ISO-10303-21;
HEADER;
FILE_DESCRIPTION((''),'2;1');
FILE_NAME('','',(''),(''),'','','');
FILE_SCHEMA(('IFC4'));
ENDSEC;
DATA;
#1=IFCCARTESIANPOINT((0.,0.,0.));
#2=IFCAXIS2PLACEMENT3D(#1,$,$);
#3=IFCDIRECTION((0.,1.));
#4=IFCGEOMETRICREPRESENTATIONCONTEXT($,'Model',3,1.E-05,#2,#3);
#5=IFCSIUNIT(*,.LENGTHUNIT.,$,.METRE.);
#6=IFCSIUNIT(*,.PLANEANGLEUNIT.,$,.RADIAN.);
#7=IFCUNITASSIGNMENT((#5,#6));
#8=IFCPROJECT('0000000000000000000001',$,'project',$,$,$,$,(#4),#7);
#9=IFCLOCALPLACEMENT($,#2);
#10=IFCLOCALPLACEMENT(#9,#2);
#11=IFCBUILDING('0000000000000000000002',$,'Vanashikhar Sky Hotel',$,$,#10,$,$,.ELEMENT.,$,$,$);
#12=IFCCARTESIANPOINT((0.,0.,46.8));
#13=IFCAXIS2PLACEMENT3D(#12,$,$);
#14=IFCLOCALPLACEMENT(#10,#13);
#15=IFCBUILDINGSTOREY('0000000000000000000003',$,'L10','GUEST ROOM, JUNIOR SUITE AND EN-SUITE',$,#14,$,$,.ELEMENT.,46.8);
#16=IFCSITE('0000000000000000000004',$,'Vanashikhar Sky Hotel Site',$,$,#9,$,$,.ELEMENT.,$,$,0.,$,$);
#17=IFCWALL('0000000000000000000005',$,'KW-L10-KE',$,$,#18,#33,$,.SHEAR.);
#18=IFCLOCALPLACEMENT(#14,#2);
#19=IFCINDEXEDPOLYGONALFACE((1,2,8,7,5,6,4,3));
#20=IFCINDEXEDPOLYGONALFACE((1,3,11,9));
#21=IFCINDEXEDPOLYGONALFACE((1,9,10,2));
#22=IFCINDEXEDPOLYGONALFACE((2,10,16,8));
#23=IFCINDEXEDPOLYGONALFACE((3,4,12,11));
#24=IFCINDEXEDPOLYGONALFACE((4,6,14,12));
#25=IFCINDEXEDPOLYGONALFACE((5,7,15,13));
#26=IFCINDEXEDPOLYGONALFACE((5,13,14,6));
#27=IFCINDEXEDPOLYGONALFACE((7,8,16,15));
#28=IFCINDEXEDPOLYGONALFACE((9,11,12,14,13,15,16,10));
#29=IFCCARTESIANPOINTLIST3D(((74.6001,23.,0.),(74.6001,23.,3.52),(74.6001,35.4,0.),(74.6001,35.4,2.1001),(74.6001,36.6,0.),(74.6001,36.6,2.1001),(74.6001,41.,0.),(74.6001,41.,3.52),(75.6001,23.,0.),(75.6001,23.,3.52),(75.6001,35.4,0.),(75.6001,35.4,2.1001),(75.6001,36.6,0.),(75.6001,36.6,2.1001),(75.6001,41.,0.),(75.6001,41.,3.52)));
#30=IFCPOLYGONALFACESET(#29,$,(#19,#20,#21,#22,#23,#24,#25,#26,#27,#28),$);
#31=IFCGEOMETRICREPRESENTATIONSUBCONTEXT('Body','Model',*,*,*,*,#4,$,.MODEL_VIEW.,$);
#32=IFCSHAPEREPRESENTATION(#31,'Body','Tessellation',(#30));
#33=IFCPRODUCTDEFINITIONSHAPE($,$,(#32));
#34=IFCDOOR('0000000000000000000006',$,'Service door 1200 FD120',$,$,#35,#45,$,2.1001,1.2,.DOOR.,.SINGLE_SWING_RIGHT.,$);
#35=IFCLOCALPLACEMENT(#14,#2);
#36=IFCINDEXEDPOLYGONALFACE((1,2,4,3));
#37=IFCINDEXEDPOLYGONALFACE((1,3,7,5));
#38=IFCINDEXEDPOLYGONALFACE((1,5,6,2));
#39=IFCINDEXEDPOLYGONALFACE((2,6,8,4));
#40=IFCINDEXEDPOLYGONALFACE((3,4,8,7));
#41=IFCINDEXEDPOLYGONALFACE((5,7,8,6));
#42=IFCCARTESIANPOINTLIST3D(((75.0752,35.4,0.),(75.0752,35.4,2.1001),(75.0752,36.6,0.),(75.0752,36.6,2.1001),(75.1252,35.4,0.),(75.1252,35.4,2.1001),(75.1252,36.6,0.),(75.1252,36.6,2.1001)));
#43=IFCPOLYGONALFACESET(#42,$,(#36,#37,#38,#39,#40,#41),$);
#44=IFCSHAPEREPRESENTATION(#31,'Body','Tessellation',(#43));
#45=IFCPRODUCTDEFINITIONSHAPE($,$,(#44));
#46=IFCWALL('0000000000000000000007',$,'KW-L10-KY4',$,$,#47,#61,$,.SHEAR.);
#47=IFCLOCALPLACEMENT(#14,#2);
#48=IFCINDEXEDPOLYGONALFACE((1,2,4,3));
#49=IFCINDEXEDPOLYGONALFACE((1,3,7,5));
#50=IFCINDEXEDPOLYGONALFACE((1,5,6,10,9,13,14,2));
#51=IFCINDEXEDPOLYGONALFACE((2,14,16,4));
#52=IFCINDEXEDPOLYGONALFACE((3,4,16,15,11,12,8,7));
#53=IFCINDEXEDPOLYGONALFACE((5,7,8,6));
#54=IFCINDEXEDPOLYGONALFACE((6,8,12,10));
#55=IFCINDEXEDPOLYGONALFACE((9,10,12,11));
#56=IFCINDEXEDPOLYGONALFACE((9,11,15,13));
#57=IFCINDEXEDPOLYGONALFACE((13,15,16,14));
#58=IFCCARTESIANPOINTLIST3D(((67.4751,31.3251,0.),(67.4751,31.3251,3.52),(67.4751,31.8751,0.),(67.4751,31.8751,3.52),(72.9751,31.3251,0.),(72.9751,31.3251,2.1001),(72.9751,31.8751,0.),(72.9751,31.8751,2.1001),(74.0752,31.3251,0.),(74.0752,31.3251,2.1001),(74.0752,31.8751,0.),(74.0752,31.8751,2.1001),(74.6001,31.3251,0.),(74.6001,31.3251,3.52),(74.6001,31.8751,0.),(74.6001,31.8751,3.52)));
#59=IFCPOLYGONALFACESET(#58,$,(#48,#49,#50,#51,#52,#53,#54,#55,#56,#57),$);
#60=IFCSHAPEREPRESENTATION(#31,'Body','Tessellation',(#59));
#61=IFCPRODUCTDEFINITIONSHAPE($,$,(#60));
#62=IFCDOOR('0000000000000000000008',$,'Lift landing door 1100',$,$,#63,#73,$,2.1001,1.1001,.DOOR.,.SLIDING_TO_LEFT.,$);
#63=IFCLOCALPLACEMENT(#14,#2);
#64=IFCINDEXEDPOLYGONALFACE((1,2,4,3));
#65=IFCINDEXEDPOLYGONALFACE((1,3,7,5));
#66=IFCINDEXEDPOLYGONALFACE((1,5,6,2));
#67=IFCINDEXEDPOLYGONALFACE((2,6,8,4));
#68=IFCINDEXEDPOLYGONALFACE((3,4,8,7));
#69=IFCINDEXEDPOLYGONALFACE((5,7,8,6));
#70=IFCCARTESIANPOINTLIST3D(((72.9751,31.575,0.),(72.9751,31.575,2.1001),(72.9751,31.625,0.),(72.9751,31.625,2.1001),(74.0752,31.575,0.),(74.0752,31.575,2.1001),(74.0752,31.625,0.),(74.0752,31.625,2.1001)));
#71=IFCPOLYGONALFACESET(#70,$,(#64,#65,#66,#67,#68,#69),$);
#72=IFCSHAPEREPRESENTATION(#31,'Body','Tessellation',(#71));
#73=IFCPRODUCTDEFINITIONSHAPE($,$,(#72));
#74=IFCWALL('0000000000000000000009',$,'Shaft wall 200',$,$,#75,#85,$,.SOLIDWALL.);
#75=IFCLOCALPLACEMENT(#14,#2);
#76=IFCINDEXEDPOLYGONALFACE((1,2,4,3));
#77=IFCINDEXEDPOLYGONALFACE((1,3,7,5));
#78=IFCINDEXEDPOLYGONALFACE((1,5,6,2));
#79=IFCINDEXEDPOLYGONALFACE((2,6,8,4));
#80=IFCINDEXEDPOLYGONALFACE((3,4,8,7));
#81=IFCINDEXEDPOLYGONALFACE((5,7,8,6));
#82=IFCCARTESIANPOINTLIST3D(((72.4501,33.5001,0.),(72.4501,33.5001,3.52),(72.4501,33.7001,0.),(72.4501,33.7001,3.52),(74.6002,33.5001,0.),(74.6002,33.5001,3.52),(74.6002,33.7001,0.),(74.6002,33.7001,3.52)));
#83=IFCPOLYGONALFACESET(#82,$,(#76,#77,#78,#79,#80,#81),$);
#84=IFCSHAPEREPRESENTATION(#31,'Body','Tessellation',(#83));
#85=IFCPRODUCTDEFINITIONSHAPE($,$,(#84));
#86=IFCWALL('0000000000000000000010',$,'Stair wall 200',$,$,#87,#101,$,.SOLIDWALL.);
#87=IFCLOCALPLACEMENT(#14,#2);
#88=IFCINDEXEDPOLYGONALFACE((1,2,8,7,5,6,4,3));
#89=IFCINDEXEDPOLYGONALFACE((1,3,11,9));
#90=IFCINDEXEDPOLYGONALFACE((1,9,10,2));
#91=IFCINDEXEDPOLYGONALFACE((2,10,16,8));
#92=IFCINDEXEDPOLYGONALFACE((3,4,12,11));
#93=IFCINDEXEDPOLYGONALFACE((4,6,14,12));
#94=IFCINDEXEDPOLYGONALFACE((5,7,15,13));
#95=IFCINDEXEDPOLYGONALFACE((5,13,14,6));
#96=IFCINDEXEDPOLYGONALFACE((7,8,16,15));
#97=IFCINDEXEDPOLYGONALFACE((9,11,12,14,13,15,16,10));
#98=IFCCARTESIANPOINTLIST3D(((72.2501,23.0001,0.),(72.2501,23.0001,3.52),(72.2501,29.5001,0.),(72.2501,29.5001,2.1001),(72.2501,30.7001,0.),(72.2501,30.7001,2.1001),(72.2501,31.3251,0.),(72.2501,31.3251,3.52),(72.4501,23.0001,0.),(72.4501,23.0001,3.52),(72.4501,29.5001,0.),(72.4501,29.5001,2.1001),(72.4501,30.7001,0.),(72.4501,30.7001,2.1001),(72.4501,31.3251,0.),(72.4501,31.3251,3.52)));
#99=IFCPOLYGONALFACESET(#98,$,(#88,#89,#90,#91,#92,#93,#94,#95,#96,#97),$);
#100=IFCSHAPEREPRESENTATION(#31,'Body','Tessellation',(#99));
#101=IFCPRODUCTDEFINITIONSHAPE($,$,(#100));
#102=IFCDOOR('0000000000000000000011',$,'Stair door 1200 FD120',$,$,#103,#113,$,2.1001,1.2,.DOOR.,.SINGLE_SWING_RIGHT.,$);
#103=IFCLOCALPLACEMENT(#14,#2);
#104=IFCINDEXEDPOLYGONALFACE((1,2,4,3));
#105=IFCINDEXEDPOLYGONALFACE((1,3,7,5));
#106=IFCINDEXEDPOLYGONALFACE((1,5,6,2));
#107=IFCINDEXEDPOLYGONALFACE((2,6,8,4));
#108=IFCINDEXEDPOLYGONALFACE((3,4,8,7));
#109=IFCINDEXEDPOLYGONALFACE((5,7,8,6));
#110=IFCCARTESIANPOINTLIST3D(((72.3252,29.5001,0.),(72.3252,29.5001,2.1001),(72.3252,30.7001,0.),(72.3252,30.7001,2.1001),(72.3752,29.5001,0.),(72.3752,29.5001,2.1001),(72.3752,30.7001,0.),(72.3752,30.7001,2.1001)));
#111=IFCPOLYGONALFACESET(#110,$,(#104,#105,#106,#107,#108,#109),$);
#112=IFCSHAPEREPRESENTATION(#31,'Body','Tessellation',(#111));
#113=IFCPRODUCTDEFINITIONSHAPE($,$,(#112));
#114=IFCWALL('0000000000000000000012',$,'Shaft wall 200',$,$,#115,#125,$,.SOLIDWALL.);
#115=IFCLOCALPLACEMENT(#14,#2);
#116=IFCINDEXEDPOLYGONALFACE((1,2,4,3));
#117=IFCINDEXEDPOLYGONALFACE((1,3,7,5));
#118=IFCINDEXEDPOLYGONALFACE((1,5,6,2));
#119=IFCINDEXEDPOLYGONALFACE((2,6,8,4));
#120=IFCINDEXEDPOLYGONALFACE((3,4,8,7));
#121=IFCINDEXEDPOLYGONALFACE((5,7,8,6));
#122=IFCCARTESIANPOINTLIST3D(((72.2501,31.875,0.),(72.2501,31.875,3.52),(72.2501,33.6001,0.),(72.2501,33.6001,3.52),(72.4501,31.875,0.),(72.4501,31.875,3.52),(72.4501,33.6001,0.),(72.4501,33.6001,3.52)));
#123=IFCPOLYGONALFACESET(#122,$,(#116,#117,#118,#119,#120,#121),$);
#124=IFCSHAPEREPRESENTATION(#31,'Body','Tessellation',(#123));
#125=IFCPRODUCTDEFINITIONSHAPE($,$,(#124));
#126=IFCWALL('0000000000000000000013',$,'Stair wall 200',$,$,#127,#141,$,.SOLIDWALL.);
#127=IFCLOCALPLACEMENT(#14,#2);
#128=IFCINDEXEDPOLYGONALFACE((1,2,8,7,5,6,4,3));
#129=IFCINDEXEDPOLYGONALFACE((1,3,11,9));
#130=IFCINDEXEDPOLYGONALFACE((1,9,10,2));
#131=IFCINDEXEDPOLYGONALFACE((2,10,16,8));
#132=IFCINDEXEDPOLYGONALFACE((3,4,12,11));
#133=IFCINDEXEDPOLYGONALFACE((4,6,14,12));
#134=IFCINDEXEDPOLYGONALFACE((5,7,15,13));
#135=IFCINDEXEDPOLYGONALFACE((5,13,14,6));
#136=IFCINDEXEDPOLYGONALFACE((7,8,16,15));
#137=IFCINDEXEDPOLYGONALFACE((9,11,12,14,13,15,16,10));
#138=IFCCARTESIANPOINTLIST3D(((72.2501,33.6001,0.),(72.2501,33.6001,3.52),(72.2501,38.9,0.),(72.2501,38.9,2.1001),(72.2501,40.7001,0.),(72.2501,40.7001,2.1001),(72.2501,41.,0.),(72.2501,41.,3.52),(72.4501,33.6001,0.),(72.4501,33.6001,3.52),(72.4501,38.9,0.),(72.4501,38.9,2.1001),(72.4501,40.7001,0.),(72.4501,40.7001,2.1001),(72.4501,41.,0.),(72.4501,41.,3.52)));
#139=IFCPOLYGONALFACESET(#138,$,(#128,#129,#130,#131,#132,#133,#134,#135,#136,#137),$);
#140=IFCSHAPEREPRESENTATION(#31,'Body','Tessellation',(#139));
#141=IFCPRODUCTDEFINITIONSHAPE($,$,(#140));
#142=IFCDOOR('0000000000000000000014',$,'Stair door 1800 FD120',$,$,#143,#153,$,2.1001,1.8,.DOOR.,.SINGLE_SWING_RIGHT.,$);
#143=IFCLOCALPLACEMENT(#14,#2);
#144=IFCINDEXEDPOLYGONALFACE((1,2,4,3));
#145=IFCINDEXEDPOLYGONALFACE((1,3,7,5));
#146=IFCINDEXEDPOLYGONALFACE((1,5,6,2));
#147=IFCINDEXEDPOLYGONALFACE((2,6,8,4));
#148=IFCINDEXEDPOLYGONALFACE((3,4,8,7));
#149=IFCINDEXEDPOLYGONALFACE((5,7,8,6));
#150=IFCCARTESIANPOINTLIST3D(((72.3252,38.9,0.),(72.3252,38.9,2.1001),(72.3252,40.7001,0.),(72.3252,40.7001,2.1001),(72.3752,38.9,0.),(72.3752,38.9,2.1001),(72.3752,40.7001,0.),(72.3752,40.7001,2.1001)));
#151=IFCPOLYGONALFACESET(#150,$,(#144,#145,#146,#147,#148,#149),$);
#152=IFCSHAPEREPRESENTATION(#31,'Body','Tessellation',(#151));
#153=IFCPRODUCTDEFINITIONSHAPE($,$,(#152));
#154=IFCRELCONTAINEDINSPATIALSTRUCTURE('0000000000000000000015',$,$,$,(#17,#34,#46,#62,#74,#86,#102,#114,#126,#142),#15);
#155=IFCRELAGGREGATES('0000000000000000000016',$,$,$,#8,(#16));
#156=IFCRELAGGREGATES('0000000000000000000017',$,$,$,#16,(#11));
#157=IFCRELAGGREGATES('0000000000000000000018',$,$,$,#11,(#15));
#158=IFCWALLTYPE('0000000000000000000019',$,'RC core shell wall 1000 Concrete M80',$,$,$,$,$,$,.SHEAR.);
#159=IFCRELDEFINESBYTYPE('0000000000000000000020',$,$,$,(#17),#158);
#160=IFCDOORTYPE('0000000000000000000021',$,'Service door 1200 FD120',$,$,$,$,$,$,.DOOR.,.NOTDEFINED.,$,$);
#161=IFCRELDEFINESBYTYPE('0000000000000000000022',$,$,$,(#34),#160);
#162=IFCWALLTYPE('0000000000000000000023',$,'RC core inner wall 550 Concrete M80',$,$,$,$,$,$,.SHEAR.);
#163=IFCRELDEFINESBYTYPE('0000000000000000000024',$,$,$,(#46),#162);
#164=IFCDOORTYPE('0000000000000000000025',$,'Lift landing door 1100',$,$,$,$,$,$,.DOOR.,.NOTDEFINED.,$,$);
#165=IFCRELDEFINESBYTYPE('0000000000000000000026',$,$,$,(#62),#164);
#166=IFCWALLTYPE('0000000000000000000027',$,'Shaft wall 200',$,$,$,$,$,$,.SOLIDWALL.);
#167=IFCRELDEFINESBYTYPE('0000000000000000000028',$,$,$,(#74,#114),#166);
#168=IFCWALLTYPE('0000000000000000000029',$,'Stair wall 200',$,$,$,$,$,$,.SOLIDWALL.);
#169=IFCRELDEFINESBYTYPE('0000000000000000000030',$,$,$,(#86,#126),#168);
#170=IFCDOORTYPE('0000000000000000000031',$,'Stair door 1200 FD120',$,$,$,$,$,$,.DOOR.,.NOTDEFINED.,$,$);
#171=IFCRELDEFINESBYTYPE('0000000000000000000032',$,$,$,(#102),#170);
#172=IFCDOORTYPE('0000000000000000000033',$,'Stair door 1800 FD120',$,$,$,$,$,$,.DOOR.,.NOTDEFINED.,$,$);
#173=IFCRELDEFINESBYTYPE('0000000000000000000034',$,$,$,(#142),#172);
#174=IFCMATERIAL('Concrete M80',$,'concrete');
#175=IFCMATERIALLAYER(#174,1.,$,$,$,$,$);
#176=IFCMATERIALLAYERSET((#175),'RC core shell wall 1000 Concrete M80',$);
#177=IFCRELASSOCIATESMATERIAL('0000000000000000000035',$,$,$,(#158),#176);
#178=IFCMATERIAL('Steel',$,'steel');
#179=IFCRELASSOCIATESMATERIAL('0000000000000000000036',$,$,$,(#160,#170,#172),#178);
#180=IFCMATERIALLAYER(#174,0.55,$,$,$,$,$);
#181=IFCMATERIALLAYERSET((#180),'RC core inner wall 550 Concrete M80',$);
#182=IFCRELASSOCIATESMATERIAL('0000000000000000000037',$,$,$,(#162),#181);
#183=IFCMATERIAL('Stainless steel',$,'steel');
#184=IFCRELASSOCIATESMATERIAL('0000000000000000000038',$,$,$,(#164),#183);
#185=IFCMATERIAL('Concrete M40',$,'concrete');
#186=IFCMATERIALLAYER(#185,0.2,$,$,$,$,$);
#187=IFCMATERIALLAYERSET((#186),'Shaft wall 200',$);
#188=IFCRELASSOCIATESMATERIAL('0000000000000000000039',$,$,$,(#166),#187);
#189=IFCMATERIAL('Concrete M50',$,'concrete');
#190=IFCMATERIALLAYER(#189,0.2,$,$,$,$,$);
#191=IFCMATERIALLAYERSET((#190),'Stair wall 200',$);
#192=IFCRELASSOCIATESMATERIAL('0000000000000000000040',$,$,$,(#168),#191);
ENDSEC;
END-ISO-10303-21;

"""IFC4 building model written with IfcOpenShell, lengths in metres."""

from ifc_helpers import new_model, si_unit, direction, frame, frame_2d, origin, place, context, subcontext, project, spatial, rectangle, extrude, source, transform, mapped, material, layer, layer_set, type_object, element, fill, save


model = new_model("IFC4")

# Units and contexts
model_context = context("Model", 3, precision=1e-05, world=origin(), true_north=direction((0.0, 1.0)))
body_context = subcontext(model_context, "Body", "Model", "MODEL_VIEW")
ifc_project = project(units=[si_unit("LENGTHUNIT", "METRE"), si_unit("PLANEANGLEUNIT", "RADIAN")], contexts=[model_context])

# Site, building, storey
site_placement = place(None, origin())
site = spatial("IfcSite", under=ifc_project, at=site_placement, Name="Vanashikhar Sky Hotel Site", CompositionType="ELEMENT", RefElevation=0.0)
building_placement = place(site_placement, origin())
building = spatial("IfcBuilding", under=site, at=building_placement, Name="Vanashikhar Sky Hotel", CompositionType="ELEMENT")
storey_placement = place(building_placement, frame((0.0, 0.0, 46.8)))
storey = spatial("IfcBuildingStorey", under=building, at=storey_placement, Name="L10", Description="GUEST ROOM, JUNIOR SUITE AND EN-SUITE", CompositionType="ELEMENT", Elevation=46.8)

# Walls, openings, doors
ifc_material_1 = material(Name="Concrete M80", Category="concrete")
ifc_layer_1 = layer(ifc_material_1, 1.0)
ifc_layer_set_1 = layer_set([ifc_layer_1], Name="RC core shell wall 1000 Concrete M80")
wall_type_1 = type_object("IfcWallType", Name="RC core shell wall 1000 Concrete M80", PredefinedType="SHEAR", material=ifc_layer_set_1)
shared_shape_1 = source(origin(), body_context, "Body", "SweptSolid", [
    extrude(rectangle(XDim=18.0, YDim=1.0, at=frame_2d((9.0, 0.0))), origin(), (0.0, 0.0, 1.0), 3.52),
])
wall_1_placement = place(storey_placement, frame((75.1001, 23.0, 0.0), z_axis=(0.0, 0.0, 1.0), x_axis=(0.0, 1.0, 0.0)))
wall_1 = element("IfcWall", 1, at=wall_1_placement, inside=storey, type_object=wall_type_1, Name="KW-L10-KE", PredefinedType="SHEAR", context=body_context, shape_type="MappedRepresentation", body=[
    mapped(shared_shape_1, transform((0.0, 0.0, 0.0), scale=1.0)),
])
shared_shape_2 = source(origin(), body_context, "Body", "SweptSolid", [
    extrude(rectangle(XDim=1.2, YDim=2.1001, at=frame_2d((0.6001, 1.05))), frame((0.0, 0.51, 0.0), z_axis=(0.0, -1.0, 0.0), x_axis=(1.0, 0.0, 0.0)), (0.0, 0.0, 1.0), 1.02),
])
opening_1_placement = place(wall_1_placement, frame((12.3999, 0.0, 0.0)))
opening_1 = element("IfcOpeningElement", 2, at=opening_1_placement, cuts=wall_1, PredefinedType="OPENING", context=body_context, shape_type="MappedRepresentation", body=[
    mapped(shared_shape_2, transform((0.0, 0.0, 0.0), scale=1.0)),
])
ifc_material_2 = material(Name="Steel", Category="steel")
door_type_1 = type_object("IfcDoorType", Name="Service door 1200 FD120", OperationType="NOTDEFINED", PredefinedType="DOOR", material=ifc_material_2)
shared_shape_3 = source(origin(), body_context, "Body", "SweptSolid", [
    extrude(rectangle(XDim=1.2, YDim=2.1001, at=frame_2d((0.6001, 1.05))), frame((0.0, 0.0249, 0.0), z_axis=(0.0, -1.0, 0.0), x_axis=(1.0, 0.0, 0.0)), (0.0, 0.0, 1.0), 0.05),
])
door_1_placement = place(opening_1_placement, origin())
door_1 = element("IfcDoor", 3, at=door_1_placement, inside=storey, type_object=door_type_1, Name="Service door 1200 FD120", OperationType="SINGLE_SWING_RIGHT", OverallHeight=2.1001, OverallWidth=1.2, PredefinedType="DOOR", context=body_context, shape_type="MappedRepresentation", body=[
    mapped(shared_shape_3, transform((0.0, 0.0, 0.0), scale=1.0)),
])
fill(opening_1, door_1)
ifc_layer_2 = layer(ifc_material_1, 0.55)
ifc_layer_set_2 = layer_set([ifc_layer_2], Name="RC core inner wall 550 Concrete M80")
wall_type_2 = type_object("IfcWallType", Name="RC core inner wall 550 Concrete M80", PredefinedType="SHEAR", material=ifc_layer_set_2)
shared_shape_4 = source(origin(), body_context, "Body", "SweptSolid", [
    extrude(rectangle(XDim=7.125, YDim=0.55, at=frame_2d((3.5625, 0.0))), origin(), (0.0, 0.0, 1.0), 3.52),
])
wall_2_placement = place(storey_placement, frame((67.4751, 31.6001, 0.0), z_axis=(0.0, 0.0, 1.0), x_axis=(1.0, 0.0, 0.0)))
wall_2 = element("IfcWall", 4, at=wall_2_placement, inside=storey, type_object=wall_type_2, Name="KW-L10-KY4", PredefinedType="SHEAR", context=body_context, shape_type="MappedRepresentation", body=[
    mapped(shared_shape_4, transform((0.0, 0.0, 0.0), scale=1.0)),
])
shared_shape_5 = source(origin(), body_context, "Body", "SweptSolid", [
    extrude(rectangle(XDim=1.1001, YDim=2.1001, at=frame_2d((0.55, 1.05))), frame((0.0, 0.2852, 0.0), z_axis=(0.0, -1.0, 0.0), x_axis=(1.0, 0.0, 0.0)), (0.0, 0.0, 1.0), 0.5701),
])
opening_2_placement = place(wall_2_placement, frame((5.5, 0.0, 0.0)))
opening_2 = element("IfcOpeningElement", 5, at=opening_2_placement, cuts=wall_2, PredefinedType="OPENING", context=body_context, shape_type="MappedRepresentation", body=[
    mapped(shared_shape_5, transform((0.0, 0.0, 0.0), scale=1.0)),
])
ifc_material_3 = material(Name="Stainless steel", Category="steel")
door_type_2 = type_object("IfcDoorType", Name="Lift landing door 1100", OperationType="NOTDEFINED", PredefinedType="DOOR", material=ifc_material_3)
shared_shape_6 = source(origin(), body_context, "Body", "SweptSolid", [
    extrude(rectangle(XDim=1.1001, YDim=2.1001, at=frame_2d((0.55, 1.05))), frame((0.0, 0.0249, 0.0), z_axis=(0.0, -1.0, 0.0), x_axis=(1.0, 0.0, 0.0)), (0.0, 0.0, 1.0), 0.05),
])
door_2_placement = place(opening_2_placement, origin())
door_2 = element("IfcDoor", 6, at=door_2_placement, inside=storey, type_object=door_type_2, Name="Lift landing door 1100", OperationType="SLIDING_TO_LEFT", OverallHeight=2.1001, OverallWidth=1.1001, PredefinedType="DOOR", context=body_context, shape_type="MappedRepresentation", body=[
    mapped(shared_shape_6, transform((0.0, 0.0, 0.0), scale=1.0)),
])
fill(opening_2, door_2)

# Wall
ifc_material_4 = material(Name="Concrete M40", Category="concrete")
ifc_layer_3 = layer(ifc_material_4, 0.2)
ifc_layer_set_3 = layer_set([ifc_layer_3], Name="Shaft wall 200")
wall_type_3 = type_object("IfcWallType", Name="Shaft wall 200", PredefinedType="SOLIDWALL", material=ifc_layer_set_3)
shared_shape_7 = source(origin(), body_context, "Body", "SweptSolid", [
    extrude(rectangle(XDim=2.1501, YDim=0.2, at=frame_2d((1.0752, 0.0))), origin(), (0.0, 0.0, 1.0), 3.52),
])
wall_3_placement = place(storey_placement, frame((72.45, 33.6001, 0.0), z_axis=(0.0, 0.0, 1.0), x_axis=(1.0, 0.0, 0.0)))
element("IfcWall", 7, at=wall_3_placement, inside=storey, type_object=wall_type_3, Name="Shaft wall 200", PredefinedType="SOLIDWALL", context=body_context, shape_type="MappedRepresentation", body=[
    mapped(shared_shape_7, transform((0.0, 0.0, 0.0), scale=1.0)),
])

# Wall, opening, door
ifc_material_5 = material(Name="Concrete M50", Category="concrete")
ifc_layer_4 = layer(ifc_material_5, 0.2)
ifc_layer_set_4 = layer_set([ifc_layer_4], Name="Stair wall 200")
wall_type_4 = type_object("IfcWallType", Name="Stair wall 200", PredefinedType="SOLIDWALL", material=ifc_layer_set_4)
shared_shape_8 = source(origin(), body_context, "Body", "SweptSolid", [
    extrude(rectangle(XDim=8.325, YDim=0.2, at=frame_2d((4.1626, 0.0))), origin(), (0.0, 0.0, 1.0), 3.52),
])
wall_4_placement = place(storey_placement, frame((72.3501, 23.0, 0.0), z_axis=(0.0, 0.0, 1.0), x_axis=(0.0, 1.0, 0.0)))
wall_4 = element("IfcWall", 8, at=wall_4_placement, inside=storey, type_object=wall_type_4, Name="Stair wall 200", PredefinedType="SOLIDWALL", context=body_context, shape_type="MappedRepresentation", body=[
    mapped(shared_shape_8, transform((0.0, 0.0, 0.0), scale=1.0)),
])
shared_shape_9 = source(origin(), body_context, "Body", "SweptSolid", [
    extrude(rectangle(XDim=1.2, YDim=2.1001, at=frame_2d((0.6001, 1.05))), frame((0.0, 0.1099, 0.0), z_axis=(0.0, -1.0, 0.0), x_axis=(1.0, 0.0, 0.0)), (0.0, 0.0, 1.0), 0.22),
])
opening_3_placement = place(wall_4_placement, frame((6.5, 0.0, 0.0)))
opening_3 = element("IfcOpeningElement", 9, at=opening_3_placement, cuts=wall_4, PredefinedType="OPENING", context=body_context, shape_type="MappedRepresentation", body=[
    mapped(shared_shape_9, transform((0.0, 0.0, 0.0), scale=1.0)),
])
door_type_3 = type_object("IfcDoorType", Name="Stair door 1200 FD120", OperationType="NOTDEFINED", PredefinedType="DOOR", material=ifc_material_2)
door_3_placement = place(opening_3_placement, origin())
door_3 = element("IfcDoor", 10, at=door_3_placement, inside=storey, type_object=door_type_3, Name="Stair door 1200 FD120", OperationType="SINGLE_SWING_RIGHT", OverallHeight=2.1001, OverallWidth=1.2, PredefinedType="DOOR", context=body_context, shape_type="MappedRepresentation", body=[
    mapped(shared_shape_3, transform((0.0, 0.0, 0.0), scale=1.0)),
])
fill(opening_3, door_3)

# Wall
shared_shape_10 = source(origin(), body_context, "Body", "SweptSolid", [
    extrude(rectangle(XDim=1.7251, YDim=0.2, at=frame_2d((0.8625, 0.0))), origin(), (0.0, 0.0, 1.0), 3.52),
])
wall_5_placement = place(storey_placement, frame((72.3501, 31.875, 0.0), z_axis=(0.0, 0.0, 1.0), x_axis=(0.0, 1.0, 0.0)))
element("IfcWall", 11, at=wall_5_placement, inside=storey, type_object=wall_type_3, Name="Shaft wall 200", PredefinedType="SOLIDWALL", context=body_context, shape_type="MappedRepresentation", body=[
    mapped(shared_shape_10, transform((0.0, 0.0, 0.0), scale=1.0)),
])

# Wall, opening, door
shared_shape_11 = source(origin(), body_context, "Body", "SweptSolid", [
    extrude(rectangle(XDim=7.3999, YDim=0.2, at=frame_2d((3.7, 0.0))), origin(), (0.0, 0.0, 1.0), 3.52),
])
wall_6_placement = place(storey_placement, frame((72.3501, 33.6001, 0.0), z_axis=(0.0, 0.0, 1.0), x_axis=(0.0, 1.0, 0.0)))
wall_6 = element("IfcWall", 12, at=wall_6_placement, inside=storey, type_object=wall_type_4, Name="Stair wall 200", PredefinedType="SOLIDWALL", context=body_context, shape_type="MappedRepresentation", body=[
    mapped(shared_shape_11, transform((0.0, 0.0, 0.0), scale=1.0)),
])
shared_shape_12 = source(origin(), body_context, "Body", "SweptSolid", [
    extrude(rectangle(XDim=1.8, YDim=2.1001, at=frame_2d((0.8999, 1.05))), frame((0.0, 0.1099, 0.0), z_axis=(0.0, -1.0, 0.0), x_axis=(1.0, 0.0, 0.0)), (0.0, 0.0, 1.0), 0.22),
])
opening_4_placement = place(wall_6_placement, frame((5.3, 0.0, 0.0)))
opening_4 = element("IfcOpeningElement", 13, at=opening_4_placement, cuts=wall_6, PredefinedType="OPENING", context=body_context, shape_type="MappedRepresentation", body=[
    mapped(shared_shape_12, transform((0.0, 0.0, 0.0), scale=1.0)),
])
door_type_4 = type_object("IfcDoorType", Name="Stair door 1800 FD120", OperationType="NOTDEFINED", PredefinedType="DOOR", material=ifc_material_2)
shared_shape_13 = source(origin(), body_context, "Body", "SweptSolid", [
    extrude(rectangle(XDim=1.8, YDim=2.1001, at=frame_2d((0.8999, 1.05))), frame((0.0, 0.0249, 0.0), z_axis=(0.0, -1.0, 0.0), x_axis=(1.0, 0.0, 0.0)), (0.0, 0.0, 1.0), 0.05),
])
door_4_placement = place(opening_4_placement, origin())
door_4 = element("IfcDoor", 14, at=door_4_placement, inside=storey, type_object=door_type_4, Name="Stair door 1800 FD120", OperationType="SINGLE_SWING_RIGHT", OverallHeight=2.1001, OverallWidth=1.8, PredefinedType="DOOR", context=body_context, shape_type="MappedRepresentation", body=[
    mapped(shared_shape_13, transform((0.0, 0.0, 0.0), scale=1.0)),
])
fill(opening_4, door_4)

save(model, "model.ifc")
